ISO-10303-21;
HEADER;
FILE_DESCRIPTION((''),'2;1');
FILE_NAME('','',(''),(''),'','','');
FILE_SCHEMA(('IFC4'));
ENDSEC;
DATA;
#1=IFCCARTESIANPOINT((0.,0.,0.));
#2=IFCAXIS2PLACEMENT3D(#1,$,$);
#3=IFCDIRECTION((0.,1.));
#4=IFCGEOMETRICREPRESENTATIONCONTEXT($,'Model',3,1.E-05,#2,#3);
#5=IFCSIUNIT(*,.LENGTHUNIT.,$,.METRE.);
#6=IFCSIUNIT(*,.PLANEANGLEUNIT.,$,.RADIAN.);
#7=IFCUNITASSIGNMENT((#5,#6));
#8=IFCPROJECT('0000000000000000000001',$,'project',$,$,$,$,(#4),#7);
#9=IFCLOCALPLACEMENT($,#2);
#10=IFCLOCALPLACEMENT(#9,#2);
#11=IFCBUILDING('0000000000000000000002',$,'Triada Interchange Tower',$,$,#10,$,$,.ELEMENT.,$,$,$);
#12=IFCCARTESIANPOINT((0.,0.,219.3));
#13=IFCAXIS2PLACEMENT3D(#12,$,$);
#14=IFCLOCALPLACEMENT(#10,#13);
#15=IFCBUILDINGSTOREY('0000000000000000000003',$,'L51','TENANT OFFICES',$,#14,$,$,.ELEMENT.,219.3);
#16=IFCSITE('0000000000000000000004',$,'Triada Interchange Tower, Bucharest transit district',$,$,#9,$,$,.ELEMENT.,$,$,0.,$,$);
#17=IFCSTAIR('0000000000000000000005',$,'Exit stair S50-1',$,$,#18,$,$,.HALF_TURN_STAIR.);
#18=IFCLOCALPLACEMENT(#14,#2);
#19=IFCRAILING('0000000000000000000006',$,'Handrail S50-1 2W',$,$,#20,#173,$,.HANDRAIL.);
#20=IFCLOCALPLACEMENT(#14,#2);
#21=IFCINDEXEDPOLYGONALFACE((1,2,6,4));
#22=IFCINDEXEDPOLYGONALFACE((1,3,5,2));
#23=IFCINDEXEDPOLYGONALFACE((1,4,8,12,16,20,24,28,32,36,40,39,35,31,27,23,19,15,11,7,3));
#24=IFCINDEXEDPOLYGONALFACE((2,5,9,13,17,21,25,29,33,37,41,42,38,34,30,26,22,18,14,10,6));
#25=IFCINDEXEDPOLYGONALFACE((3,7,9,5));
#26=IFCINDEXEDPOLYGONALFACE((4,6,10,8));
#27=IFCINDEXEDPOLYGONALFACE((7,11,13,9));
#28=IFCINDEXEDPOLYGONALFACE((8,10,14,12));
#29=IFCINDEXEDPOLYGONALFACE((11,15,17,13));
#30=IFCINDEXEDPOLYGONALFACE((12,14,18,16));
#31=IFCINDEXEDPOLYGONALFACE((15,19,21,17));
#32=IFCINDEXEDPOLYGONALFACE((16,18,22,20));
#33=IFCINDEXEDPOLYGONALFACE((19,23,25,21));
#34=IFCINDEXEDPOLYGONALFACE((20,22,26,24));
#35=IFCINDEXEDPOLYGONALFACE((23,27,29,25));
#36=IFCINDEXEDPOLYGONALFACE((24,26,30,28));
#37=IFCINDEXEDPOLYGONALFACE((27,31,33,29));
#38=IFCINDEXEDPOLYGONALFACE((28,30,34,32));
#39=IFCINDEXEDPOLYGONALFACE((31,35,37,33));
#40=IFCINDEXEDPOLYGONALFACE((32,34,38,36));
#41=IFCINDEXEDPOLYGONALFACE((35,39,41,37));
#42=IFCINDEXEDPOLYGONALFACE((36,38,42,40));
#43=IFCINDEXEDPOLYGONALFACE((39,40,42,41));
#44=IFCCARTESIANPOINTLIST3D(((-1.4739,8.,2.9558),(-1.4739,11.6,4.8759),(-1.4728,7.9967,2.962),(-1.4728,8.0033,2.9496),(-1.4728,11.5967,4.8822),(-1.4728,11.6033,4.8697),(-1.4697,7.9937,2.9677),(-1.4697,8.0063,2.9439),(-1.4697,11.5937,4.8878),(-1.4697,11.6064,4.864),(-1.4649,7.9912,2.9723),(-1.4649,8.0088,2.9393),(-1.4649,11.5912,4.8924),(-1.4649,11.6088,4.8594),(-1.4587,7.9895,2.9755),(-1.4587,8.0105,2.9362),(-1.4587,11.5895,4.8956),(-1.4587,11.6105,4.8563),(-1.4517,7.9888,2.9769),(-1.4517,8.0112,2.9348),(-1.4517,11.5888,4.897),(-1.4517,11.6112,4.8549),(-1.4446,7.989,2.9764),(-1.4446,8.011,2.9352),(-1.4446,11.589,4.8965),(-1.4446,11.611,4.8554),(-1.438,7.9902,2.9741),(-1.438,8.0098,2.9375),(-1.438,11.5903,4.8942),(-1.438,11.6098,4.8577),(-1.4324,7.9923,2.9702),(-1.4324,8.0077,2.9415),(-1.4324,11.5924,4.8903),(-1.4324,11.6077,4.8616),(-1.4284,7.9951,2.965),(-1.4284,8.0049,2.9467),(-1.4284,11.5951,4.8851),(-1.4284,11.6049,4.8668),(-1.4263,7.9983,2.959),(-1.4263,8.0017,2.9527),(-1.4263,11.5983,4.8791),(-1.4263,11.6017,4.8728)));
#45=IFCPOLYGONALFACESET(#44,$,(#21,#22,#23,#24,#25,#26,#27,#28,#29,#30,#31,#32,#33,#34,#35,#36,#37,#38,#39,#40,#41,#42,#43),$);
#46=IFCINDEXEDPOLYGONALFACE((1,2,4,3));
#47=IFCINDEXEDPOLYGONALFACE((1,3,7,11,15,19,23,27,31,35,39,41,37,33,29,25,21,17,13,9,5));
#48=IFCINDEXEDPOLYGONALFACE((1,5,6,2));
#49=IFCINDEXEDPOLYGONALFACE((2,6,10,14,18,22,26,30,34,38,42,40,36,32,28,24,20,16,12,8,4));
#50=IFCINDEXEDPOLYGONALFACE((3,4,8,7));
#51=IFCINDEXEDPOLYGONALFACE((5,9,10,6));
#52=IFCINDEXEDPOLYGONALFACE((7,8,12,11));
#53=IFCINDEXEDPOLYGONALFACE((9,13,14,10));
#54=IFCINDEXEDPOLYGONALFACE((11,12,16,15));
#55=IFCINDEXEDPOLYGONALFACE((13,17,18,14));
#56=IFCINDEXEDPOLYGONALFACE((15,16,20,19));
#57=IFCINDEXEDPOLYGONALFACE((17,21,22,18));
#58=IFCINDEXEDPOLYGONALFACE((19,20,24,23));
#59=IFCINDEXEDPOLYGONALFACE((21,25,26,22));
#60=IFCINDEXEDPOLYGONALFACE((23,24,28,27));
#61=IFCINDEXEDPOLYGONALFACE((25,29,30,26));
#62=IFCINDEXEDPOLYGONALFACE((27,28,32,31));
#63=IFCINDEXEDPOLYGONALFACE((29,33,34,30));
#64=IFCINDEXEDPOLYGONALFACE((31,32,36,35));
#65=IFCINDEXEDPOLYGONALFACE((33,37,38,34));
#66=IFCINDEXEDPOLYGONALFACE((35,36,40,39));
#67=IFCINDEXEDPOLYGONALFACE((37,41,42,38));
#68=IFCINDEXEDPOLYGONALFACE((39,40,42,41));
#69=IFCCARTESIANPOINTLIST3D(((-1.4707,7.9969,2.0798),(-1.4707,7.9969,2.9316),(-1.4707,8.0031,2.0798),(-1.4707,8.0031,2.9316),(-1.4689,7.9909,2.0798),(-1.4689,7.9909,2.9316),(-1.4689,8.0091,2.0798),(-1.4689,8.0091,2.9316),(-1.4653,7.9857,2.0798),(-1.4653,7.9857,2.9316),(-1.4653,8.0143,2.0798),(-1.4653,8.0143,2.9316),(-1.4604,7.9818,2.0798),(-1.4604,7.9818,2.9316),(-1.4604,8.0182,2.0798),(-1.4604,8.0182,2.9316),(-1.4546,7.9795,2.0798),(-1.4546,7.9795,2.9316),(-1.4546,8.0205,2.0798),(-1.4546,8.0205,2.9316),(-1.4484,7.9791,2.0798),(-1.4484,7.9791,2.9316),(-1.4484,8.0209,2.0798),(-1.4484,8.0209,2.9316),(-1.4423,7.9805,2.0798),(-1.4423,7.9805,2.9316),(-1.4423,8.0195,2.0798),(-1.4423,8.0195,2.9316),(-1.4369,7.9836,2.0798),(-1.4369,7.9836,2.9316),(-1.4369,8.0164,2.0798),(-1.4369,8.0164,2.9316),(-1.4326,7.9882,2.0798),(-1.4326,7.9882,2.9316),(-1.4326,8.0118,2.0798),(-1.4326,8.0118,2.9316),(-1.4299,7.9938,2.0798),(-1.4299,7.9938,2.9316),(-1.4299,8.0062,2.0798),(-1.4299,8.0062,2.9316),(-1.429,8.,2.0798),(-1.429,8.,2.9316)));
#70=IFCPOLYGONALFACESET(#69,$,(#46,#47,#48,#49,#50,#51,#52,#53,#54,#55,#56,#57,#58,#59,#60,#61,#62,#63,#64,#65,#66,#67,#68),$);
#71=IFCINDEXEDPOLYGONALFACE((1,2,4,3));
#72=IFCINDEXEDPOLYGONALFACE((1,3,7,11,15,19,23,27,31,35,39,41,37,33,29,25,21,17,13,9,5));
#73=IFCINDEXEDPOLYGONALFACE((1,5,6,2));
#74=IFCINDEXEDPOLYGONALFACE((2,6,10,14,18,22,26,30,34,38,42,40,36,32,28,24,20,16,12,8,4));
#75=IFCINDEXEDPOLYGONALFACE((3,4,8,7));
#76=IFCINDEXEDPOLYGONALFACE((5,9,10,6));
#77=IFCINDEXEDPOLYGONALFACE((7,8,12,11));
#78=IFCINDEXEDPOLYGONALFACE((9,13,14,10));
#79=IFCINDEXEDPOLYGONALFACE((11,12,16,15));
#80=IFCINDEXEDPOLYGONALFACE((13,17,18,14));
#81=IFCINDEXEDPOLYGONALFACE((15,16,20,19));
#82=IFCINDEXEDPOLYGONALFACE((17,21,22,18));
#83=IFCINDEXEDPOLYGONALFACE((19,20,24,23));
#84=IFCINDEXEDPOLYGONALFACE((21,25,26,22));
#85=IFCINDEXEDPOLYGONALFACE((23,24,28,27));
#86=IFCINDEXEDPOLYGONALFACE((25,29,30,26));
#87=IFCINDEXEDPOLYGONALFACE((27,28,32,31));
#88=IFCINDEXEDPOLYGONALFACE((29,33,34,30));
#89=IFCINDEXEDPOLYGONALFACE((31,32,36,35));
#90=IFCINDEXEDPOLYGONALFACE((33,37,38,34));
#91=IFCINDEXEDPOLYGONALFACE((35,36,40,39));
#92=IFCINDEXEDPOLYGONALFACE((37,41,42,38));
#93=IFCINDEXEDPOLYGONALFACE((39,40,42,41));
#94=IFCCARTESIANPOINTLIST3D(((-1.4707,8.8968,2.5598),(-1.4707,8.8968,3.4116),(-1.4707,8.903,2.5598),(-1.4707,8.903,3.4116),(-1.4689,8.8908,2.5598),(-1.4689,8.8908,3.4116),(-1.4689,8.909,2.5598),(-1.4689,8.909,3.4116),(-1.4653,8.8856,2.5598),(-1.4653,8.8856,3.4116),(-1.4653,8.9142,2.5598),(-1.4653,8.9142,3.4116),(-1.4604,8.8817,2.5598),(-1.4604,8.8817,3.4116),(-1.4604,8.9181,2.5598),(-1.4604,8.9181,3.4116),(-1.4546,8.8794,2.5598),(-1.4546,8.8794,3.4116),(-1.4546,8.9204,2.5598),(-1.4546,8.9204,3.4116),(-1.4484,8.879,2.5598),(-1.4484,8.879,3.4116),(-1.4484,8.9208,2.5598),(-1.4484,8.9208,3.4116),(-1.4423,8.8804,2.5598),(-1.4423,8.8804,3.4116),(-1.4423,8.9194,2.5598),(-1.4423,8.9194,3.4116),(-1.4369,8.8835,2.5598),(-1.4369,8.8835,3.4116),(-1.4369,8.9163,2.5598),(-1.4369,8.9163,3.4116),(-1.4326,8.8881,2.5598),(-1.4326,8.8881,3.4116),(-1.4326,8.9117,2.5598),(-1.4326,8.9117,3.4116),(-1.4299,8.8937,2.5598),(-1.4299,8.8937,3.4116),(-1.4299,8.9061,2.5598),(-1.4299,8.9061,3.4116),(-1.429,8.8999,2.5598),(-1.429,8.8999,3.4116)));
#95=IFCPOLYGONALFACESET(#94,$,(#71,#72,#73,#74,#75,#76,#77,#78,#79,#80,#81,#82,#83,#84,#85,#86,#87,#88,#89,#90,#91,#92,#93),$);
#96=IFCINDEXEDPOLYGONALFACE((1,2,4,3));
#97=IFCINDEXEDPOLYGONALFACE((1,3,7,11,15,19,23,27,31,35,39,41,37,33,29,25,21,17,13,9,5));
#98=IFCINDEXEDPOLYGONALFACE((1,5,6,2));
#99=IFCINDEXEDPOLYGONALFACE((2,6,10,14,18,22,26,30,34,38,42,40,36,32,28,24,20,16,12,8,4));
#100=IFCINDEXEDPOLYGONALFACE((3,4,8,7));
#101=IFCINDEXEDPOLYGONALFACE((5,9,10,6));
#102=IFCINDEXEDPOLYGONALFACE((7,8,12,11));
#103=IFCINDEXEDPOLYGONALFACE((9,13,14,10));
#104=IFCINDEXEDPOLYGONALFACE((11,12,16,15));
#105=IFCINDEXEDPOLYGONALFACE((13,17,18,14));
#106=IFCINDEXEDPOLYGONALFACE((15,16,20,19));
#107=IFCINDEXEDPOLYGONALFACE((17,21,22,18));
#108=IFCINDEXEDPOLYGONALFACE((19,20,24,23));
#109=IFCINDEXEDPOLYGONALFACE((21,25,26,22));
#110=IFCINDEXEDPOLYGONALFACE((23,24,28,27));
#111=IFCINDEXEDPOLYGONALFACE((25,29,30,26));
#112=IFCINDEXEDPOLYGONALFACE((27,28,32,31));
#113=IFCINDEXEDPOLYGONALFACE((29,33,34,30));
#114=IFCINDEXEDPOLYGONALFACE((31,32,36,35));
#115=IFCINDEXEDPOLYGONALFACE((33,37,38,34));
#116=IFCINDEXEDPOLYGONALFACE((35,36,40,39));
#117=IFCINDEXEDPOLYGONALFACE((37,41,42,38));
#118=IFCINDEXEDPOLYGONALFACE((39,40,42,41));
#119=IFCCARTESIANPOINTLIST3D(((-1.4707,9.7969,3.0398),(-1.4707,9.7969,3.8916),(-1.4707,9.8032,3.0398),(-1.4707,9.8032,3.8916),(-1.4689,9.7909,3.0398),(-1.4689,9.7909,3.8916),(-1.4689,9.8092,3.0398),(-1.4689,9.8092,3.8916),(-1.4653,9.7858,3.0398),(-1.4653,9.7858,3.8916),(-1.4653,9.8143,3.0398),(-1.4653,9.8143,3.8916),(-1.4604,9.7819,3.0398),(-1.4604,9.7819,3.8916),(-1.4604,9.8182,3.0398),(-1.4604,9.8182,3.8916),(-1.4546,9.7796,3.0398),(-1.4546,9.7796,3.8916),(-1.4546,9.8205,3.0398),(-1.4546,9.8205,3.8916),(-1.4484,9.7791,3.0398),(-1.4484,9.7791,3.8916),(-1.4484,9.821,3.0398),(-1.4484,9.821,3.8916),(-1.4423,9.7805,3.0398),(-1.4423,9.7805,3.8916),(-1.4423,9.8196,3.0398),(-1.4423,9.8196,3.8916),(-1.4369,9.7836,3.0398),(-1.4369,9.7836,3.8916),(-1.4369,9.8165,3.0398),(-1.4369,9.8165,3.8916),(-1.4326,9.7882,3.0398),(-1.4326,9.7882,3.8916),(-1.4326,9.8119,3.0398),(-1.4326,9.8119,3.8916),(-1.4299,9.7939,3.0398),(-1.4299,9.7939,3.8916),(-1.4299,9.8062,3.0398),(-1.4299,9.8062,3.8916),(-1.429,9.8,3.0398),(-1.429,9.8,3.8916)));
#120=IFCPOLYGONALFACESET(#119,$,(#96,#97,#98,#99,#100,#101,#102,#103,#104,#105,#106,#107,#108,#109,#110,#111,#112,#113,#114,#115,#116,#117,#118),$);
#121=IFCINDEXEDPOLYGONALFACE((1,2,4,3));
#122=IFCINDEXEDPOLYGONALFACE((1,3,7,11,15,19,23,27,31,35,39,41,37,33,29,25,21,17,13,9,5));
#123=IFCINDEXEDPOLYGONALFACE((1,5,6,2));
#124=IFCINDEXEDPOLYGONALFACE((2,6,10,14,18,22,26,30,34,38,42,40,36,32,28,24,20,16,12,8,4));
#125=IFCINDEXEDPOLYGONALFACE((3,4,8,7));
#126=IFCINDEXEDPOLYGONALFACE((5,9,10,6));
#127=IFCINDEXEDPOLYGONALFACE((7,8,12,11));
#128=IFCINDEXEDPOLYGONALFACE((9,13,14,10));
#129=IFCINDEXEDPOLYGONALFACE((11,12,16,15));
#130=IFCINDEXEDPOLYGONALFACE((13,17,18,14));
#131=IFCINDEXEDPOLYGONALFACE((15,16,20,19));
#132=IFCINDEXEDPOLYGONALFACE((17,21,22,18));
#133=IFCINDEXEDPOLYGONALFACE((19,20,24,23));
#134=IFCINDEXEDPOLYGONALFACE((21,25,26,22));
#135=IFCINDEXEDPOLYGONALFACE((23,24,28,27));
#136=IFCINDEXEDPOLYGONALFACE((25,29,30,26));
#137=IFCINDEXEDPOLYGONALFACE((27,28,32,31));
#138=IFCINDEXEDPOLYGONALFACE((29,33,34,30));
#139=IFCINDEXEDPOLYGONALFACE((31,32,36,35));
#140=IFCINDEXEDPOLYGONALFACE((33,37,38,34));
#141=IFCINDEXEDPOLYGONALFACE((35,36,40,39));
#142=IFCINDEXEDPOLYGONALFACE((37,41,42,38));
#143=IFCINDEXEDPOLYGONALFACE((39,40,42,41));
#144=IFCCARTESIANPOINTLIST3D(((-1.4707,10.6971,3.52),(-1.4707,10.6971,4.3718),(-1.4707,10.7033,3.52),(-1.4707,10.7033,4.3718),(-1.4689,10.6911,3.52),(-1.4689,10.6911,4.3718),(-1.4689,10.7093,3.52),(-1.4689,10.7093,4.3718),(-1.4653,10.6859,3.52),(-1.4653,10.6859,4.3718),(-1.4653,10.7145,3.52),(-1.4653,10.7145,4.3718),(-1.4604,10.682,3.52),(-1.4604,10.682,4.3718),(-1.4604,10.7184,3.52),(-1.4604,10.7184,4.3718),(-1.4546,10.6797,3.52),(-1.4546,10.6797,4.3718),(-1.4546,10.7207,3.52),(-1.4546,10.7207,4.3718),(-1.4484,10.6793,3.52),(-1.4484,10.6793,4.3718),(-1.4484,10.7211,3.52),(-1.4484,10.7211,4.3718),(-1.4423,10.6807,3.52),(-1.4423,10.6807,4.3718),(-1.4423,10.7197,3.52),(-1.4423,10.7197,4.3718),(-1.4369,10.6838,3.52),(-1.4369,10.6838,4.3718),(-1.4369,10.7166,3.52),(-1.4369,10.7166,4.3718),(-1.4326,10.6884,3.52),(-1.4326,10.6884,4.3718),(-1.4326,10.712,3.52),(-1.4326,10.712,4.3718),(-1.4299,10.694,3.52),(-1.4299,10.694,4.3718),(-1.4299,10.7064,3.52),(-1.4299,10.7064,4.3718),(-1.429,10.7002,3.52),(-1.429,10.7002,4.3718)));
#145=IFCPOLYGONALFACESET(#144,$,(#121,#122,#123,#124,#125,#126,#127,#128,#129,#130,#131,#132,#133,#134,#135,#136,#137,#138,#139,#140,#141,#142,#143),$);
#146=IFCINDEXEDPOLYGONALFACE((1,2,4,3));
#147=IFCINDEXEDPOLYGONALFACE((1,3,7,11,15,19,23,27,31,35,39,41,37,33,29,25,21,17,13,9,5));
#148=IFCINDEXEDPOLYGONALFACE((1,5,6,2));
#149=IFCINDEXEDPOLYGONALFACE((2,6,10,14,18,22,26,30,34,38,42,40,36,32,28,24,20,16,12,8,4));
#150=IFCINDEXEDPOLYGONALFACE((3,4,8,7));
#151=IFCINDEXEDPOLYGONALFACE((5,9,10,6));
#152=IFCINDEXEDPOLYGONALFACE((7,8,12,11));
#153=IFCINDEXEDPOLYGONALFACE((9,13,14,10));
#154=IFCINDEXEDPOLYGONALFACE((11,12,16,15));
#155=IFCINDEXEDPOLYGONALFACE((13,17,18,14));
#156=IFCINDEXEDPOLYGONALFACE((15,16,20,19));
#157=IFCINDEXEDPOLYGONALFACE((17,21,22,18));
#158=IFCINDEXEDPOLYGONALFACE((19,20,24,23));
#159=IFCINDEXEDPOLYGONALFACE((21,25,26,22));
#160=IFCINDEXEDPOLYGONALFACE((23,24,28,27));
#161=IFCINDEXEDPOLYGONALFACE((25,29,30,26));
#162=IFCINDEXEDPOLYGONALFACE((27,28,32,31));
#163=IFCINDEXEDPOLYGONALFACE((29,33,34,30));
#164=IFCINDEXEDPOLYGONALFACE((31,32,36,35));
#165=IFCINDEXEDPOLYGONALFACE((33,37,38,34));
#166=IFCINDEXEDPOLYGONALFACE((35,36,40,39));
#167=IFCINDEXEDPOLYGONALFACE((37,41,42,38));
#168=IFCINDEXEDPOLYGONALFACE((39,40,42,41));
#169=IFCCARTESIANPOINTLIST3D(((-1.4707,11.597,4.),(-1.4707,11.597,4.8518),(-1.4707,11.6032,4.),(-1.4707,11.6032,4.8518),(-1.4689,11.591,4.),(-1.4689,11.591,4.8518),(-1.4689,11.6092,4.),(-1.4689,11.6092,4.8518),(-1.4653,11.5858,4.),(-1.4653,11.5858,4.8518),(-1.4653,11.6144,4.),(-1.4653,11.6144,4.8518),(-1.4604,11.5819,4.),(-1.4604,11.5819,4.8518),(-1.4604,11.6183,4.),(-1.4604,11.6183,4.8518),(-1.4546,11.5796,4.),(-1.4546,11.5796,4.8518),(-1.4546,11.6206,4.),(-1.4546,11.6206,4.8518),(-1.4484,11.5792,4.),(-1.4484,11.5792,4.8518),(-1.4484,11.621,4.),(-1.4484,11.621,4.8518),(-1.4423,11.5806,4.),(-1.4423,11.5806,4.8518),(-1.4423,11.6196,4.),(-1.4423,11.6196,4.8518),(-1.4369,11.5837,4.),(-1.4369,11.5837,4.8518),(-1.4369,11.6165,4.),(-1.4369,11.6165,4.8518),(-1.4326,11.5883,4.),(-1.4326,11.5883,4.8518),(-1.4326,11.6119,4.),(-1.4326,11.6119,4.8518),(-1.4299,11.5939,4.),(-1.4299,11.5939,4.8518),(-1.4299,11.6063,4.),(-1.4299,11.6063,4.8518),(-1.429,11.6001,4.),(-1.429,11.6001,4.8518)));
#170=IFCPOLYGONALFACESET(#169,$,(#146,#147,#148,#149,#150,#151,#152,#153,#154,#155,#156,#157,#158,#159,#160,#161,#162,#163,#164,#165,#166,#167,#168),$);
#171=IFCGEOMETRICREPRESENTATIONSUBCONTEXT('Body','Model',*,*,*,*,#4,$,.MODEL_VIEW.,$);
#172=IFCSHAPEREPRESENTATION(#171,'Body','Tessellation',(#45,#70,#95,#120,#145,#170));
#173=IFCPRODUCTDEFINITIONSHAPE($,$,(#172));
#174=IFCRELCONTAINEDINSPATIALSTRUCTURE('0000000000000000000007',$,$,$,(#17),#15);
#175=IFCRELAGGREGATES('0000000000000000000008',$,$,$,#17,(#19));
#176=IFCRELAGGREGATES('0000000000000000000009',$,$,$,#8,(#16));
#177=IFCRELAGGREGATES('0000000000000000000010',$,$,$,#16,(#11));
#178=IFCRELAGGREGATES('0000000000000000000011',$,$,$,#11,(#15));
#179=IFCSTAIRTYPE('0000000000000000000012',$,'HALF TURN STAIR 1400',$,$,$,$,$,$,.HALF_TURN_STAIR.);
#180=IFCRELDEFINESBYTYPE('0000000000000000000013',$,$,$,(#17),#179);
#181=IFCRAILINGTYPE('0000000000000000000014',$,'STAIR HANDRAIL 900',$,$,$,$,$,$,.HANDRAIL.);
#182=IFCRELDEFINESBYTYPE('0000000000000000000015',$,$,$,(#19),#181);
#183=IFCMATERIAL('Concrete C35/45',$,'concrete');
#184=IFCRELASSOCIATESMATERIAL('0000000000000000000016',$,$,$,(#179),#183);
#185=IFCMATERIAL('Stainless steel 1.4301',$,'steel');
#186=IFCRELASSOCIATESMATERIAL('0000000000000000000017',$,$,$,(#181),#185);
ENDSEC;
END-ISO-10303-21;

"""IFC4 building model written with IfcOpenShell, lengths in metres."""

from ifc_helpers import new_model, si_unit, direction, frame, origin, origin_2d, place, context, subcontext, project, spatial, circle, extrude, material, type_object, element, aggregate, save


model = new_model("IFC4")

# Units and contexts
model_context = context("Model", 3, precision=1e-05, world=origin(), true_north=direction((0.0, 1.0)))
body_context = subcontext(model_context, "Body", "Model", "MODEL_VIEW")
ifc_project = project(units=[si_unit("LENGTHUNIT", "METRE"), si_unit("PLANEANGLEUNIT", "RADIAN")], contexts=[model_context])

# Site, building, storey
site_placement = place(None, origin())
site = spatial("IfcSite", under=ifc_project, at=site_placement, Name="Triada Interchange Tower, Bucharest transit district", CompositionType="ELEMENT", RefElevation=0.0)
building_placement = place(site_placement, origin())
building = spatial("IfcBuilding", under=site, at=building_placement, Name="Triada Interchange Tower", CompositionType="ELEMENT")
storey_placement = place(building_placement, frame((0.0, 0.0, 219.3)))
storey = spatial("IfcBuildingStorey", under=building, at=storey_placement, Name="L51", Description="TENANT OFFICES", CompositionType="ELEMENT", Elevation=219.3)

# Stair, railing
ifc_material_1 = material(Name="Concrete C35/45", Category="concrete")
stair_type = type_object("IfcStairType", Name="HALF TURN STAIR 1400", PredefinedType="HALF_TURN_STAIR", material=ifc_material_1)
stair_placement = place(storey_placement, origin())
stair = element("IfcStair", 1, at=stair_placement, inside=storey, type_object=stair_type, Name="Exit stair S50-1", PredefinedType="HALF_TURN_STAIR")
ifc_material_2 = material(Name="Stainless steel 1.4301", Category="steel")
railing_type = type_object("IfcRailingType", Name="STAIR HANDRAIL 900", PredefinedType="HANDRAIL", material=ifc_material_2)
railing_1_placement = place(storey_placement, frame((-1.45, 8.0, 2.0798)))
railing_1 = element("IfcRailing", 2, at=railing_1_placement, type_object=railing_type, Name="Handrail S50-1 2W", PredefinedType="HANDRAIL", context=body_context, shape_type="SweptSolid", body=[
    extrude(circle(Radius=0.0239, at=origin_2d()), frame((0.0, 0.0, 0.876), z_axis=(0.0, 0.882341, 0.47061), x_axis=(-1.0, 0.0, 0.0)), (0.0, 0.0, 1.0), 4.0801),
    extrude(circle(Radius=0.021, at=origin_2d()), origin(), (0.0, 0.0, 1.0), 0.8518),
    extrude(circle(Radius=0.021, at=origin_2d()), frame((0.0, 0.8999, 0.48)), (0.0, 0.0, 1.0), 0.8518),
    extrude(circle(Radius=0.021, at=origin_2d()), frame((0.0, 1.8, 0.96)), (0.0, 0.0, 1.0), 0.8518),
    extrude(circle(Radius=0.021, at=origin_2d()), frame((0.0, 2.7002, 1.4402)), (0.0, 0.0, 1.0), 0.8518),
    extrude(circle(Radius=0.021, at=origin_2d()), frame((0.0, 3.6001, 1.9202)), (0.0, 0.0, 1.0), 0.8518),
])
aggregate(stair, [railing_1])

save(model, "model.ifc")
